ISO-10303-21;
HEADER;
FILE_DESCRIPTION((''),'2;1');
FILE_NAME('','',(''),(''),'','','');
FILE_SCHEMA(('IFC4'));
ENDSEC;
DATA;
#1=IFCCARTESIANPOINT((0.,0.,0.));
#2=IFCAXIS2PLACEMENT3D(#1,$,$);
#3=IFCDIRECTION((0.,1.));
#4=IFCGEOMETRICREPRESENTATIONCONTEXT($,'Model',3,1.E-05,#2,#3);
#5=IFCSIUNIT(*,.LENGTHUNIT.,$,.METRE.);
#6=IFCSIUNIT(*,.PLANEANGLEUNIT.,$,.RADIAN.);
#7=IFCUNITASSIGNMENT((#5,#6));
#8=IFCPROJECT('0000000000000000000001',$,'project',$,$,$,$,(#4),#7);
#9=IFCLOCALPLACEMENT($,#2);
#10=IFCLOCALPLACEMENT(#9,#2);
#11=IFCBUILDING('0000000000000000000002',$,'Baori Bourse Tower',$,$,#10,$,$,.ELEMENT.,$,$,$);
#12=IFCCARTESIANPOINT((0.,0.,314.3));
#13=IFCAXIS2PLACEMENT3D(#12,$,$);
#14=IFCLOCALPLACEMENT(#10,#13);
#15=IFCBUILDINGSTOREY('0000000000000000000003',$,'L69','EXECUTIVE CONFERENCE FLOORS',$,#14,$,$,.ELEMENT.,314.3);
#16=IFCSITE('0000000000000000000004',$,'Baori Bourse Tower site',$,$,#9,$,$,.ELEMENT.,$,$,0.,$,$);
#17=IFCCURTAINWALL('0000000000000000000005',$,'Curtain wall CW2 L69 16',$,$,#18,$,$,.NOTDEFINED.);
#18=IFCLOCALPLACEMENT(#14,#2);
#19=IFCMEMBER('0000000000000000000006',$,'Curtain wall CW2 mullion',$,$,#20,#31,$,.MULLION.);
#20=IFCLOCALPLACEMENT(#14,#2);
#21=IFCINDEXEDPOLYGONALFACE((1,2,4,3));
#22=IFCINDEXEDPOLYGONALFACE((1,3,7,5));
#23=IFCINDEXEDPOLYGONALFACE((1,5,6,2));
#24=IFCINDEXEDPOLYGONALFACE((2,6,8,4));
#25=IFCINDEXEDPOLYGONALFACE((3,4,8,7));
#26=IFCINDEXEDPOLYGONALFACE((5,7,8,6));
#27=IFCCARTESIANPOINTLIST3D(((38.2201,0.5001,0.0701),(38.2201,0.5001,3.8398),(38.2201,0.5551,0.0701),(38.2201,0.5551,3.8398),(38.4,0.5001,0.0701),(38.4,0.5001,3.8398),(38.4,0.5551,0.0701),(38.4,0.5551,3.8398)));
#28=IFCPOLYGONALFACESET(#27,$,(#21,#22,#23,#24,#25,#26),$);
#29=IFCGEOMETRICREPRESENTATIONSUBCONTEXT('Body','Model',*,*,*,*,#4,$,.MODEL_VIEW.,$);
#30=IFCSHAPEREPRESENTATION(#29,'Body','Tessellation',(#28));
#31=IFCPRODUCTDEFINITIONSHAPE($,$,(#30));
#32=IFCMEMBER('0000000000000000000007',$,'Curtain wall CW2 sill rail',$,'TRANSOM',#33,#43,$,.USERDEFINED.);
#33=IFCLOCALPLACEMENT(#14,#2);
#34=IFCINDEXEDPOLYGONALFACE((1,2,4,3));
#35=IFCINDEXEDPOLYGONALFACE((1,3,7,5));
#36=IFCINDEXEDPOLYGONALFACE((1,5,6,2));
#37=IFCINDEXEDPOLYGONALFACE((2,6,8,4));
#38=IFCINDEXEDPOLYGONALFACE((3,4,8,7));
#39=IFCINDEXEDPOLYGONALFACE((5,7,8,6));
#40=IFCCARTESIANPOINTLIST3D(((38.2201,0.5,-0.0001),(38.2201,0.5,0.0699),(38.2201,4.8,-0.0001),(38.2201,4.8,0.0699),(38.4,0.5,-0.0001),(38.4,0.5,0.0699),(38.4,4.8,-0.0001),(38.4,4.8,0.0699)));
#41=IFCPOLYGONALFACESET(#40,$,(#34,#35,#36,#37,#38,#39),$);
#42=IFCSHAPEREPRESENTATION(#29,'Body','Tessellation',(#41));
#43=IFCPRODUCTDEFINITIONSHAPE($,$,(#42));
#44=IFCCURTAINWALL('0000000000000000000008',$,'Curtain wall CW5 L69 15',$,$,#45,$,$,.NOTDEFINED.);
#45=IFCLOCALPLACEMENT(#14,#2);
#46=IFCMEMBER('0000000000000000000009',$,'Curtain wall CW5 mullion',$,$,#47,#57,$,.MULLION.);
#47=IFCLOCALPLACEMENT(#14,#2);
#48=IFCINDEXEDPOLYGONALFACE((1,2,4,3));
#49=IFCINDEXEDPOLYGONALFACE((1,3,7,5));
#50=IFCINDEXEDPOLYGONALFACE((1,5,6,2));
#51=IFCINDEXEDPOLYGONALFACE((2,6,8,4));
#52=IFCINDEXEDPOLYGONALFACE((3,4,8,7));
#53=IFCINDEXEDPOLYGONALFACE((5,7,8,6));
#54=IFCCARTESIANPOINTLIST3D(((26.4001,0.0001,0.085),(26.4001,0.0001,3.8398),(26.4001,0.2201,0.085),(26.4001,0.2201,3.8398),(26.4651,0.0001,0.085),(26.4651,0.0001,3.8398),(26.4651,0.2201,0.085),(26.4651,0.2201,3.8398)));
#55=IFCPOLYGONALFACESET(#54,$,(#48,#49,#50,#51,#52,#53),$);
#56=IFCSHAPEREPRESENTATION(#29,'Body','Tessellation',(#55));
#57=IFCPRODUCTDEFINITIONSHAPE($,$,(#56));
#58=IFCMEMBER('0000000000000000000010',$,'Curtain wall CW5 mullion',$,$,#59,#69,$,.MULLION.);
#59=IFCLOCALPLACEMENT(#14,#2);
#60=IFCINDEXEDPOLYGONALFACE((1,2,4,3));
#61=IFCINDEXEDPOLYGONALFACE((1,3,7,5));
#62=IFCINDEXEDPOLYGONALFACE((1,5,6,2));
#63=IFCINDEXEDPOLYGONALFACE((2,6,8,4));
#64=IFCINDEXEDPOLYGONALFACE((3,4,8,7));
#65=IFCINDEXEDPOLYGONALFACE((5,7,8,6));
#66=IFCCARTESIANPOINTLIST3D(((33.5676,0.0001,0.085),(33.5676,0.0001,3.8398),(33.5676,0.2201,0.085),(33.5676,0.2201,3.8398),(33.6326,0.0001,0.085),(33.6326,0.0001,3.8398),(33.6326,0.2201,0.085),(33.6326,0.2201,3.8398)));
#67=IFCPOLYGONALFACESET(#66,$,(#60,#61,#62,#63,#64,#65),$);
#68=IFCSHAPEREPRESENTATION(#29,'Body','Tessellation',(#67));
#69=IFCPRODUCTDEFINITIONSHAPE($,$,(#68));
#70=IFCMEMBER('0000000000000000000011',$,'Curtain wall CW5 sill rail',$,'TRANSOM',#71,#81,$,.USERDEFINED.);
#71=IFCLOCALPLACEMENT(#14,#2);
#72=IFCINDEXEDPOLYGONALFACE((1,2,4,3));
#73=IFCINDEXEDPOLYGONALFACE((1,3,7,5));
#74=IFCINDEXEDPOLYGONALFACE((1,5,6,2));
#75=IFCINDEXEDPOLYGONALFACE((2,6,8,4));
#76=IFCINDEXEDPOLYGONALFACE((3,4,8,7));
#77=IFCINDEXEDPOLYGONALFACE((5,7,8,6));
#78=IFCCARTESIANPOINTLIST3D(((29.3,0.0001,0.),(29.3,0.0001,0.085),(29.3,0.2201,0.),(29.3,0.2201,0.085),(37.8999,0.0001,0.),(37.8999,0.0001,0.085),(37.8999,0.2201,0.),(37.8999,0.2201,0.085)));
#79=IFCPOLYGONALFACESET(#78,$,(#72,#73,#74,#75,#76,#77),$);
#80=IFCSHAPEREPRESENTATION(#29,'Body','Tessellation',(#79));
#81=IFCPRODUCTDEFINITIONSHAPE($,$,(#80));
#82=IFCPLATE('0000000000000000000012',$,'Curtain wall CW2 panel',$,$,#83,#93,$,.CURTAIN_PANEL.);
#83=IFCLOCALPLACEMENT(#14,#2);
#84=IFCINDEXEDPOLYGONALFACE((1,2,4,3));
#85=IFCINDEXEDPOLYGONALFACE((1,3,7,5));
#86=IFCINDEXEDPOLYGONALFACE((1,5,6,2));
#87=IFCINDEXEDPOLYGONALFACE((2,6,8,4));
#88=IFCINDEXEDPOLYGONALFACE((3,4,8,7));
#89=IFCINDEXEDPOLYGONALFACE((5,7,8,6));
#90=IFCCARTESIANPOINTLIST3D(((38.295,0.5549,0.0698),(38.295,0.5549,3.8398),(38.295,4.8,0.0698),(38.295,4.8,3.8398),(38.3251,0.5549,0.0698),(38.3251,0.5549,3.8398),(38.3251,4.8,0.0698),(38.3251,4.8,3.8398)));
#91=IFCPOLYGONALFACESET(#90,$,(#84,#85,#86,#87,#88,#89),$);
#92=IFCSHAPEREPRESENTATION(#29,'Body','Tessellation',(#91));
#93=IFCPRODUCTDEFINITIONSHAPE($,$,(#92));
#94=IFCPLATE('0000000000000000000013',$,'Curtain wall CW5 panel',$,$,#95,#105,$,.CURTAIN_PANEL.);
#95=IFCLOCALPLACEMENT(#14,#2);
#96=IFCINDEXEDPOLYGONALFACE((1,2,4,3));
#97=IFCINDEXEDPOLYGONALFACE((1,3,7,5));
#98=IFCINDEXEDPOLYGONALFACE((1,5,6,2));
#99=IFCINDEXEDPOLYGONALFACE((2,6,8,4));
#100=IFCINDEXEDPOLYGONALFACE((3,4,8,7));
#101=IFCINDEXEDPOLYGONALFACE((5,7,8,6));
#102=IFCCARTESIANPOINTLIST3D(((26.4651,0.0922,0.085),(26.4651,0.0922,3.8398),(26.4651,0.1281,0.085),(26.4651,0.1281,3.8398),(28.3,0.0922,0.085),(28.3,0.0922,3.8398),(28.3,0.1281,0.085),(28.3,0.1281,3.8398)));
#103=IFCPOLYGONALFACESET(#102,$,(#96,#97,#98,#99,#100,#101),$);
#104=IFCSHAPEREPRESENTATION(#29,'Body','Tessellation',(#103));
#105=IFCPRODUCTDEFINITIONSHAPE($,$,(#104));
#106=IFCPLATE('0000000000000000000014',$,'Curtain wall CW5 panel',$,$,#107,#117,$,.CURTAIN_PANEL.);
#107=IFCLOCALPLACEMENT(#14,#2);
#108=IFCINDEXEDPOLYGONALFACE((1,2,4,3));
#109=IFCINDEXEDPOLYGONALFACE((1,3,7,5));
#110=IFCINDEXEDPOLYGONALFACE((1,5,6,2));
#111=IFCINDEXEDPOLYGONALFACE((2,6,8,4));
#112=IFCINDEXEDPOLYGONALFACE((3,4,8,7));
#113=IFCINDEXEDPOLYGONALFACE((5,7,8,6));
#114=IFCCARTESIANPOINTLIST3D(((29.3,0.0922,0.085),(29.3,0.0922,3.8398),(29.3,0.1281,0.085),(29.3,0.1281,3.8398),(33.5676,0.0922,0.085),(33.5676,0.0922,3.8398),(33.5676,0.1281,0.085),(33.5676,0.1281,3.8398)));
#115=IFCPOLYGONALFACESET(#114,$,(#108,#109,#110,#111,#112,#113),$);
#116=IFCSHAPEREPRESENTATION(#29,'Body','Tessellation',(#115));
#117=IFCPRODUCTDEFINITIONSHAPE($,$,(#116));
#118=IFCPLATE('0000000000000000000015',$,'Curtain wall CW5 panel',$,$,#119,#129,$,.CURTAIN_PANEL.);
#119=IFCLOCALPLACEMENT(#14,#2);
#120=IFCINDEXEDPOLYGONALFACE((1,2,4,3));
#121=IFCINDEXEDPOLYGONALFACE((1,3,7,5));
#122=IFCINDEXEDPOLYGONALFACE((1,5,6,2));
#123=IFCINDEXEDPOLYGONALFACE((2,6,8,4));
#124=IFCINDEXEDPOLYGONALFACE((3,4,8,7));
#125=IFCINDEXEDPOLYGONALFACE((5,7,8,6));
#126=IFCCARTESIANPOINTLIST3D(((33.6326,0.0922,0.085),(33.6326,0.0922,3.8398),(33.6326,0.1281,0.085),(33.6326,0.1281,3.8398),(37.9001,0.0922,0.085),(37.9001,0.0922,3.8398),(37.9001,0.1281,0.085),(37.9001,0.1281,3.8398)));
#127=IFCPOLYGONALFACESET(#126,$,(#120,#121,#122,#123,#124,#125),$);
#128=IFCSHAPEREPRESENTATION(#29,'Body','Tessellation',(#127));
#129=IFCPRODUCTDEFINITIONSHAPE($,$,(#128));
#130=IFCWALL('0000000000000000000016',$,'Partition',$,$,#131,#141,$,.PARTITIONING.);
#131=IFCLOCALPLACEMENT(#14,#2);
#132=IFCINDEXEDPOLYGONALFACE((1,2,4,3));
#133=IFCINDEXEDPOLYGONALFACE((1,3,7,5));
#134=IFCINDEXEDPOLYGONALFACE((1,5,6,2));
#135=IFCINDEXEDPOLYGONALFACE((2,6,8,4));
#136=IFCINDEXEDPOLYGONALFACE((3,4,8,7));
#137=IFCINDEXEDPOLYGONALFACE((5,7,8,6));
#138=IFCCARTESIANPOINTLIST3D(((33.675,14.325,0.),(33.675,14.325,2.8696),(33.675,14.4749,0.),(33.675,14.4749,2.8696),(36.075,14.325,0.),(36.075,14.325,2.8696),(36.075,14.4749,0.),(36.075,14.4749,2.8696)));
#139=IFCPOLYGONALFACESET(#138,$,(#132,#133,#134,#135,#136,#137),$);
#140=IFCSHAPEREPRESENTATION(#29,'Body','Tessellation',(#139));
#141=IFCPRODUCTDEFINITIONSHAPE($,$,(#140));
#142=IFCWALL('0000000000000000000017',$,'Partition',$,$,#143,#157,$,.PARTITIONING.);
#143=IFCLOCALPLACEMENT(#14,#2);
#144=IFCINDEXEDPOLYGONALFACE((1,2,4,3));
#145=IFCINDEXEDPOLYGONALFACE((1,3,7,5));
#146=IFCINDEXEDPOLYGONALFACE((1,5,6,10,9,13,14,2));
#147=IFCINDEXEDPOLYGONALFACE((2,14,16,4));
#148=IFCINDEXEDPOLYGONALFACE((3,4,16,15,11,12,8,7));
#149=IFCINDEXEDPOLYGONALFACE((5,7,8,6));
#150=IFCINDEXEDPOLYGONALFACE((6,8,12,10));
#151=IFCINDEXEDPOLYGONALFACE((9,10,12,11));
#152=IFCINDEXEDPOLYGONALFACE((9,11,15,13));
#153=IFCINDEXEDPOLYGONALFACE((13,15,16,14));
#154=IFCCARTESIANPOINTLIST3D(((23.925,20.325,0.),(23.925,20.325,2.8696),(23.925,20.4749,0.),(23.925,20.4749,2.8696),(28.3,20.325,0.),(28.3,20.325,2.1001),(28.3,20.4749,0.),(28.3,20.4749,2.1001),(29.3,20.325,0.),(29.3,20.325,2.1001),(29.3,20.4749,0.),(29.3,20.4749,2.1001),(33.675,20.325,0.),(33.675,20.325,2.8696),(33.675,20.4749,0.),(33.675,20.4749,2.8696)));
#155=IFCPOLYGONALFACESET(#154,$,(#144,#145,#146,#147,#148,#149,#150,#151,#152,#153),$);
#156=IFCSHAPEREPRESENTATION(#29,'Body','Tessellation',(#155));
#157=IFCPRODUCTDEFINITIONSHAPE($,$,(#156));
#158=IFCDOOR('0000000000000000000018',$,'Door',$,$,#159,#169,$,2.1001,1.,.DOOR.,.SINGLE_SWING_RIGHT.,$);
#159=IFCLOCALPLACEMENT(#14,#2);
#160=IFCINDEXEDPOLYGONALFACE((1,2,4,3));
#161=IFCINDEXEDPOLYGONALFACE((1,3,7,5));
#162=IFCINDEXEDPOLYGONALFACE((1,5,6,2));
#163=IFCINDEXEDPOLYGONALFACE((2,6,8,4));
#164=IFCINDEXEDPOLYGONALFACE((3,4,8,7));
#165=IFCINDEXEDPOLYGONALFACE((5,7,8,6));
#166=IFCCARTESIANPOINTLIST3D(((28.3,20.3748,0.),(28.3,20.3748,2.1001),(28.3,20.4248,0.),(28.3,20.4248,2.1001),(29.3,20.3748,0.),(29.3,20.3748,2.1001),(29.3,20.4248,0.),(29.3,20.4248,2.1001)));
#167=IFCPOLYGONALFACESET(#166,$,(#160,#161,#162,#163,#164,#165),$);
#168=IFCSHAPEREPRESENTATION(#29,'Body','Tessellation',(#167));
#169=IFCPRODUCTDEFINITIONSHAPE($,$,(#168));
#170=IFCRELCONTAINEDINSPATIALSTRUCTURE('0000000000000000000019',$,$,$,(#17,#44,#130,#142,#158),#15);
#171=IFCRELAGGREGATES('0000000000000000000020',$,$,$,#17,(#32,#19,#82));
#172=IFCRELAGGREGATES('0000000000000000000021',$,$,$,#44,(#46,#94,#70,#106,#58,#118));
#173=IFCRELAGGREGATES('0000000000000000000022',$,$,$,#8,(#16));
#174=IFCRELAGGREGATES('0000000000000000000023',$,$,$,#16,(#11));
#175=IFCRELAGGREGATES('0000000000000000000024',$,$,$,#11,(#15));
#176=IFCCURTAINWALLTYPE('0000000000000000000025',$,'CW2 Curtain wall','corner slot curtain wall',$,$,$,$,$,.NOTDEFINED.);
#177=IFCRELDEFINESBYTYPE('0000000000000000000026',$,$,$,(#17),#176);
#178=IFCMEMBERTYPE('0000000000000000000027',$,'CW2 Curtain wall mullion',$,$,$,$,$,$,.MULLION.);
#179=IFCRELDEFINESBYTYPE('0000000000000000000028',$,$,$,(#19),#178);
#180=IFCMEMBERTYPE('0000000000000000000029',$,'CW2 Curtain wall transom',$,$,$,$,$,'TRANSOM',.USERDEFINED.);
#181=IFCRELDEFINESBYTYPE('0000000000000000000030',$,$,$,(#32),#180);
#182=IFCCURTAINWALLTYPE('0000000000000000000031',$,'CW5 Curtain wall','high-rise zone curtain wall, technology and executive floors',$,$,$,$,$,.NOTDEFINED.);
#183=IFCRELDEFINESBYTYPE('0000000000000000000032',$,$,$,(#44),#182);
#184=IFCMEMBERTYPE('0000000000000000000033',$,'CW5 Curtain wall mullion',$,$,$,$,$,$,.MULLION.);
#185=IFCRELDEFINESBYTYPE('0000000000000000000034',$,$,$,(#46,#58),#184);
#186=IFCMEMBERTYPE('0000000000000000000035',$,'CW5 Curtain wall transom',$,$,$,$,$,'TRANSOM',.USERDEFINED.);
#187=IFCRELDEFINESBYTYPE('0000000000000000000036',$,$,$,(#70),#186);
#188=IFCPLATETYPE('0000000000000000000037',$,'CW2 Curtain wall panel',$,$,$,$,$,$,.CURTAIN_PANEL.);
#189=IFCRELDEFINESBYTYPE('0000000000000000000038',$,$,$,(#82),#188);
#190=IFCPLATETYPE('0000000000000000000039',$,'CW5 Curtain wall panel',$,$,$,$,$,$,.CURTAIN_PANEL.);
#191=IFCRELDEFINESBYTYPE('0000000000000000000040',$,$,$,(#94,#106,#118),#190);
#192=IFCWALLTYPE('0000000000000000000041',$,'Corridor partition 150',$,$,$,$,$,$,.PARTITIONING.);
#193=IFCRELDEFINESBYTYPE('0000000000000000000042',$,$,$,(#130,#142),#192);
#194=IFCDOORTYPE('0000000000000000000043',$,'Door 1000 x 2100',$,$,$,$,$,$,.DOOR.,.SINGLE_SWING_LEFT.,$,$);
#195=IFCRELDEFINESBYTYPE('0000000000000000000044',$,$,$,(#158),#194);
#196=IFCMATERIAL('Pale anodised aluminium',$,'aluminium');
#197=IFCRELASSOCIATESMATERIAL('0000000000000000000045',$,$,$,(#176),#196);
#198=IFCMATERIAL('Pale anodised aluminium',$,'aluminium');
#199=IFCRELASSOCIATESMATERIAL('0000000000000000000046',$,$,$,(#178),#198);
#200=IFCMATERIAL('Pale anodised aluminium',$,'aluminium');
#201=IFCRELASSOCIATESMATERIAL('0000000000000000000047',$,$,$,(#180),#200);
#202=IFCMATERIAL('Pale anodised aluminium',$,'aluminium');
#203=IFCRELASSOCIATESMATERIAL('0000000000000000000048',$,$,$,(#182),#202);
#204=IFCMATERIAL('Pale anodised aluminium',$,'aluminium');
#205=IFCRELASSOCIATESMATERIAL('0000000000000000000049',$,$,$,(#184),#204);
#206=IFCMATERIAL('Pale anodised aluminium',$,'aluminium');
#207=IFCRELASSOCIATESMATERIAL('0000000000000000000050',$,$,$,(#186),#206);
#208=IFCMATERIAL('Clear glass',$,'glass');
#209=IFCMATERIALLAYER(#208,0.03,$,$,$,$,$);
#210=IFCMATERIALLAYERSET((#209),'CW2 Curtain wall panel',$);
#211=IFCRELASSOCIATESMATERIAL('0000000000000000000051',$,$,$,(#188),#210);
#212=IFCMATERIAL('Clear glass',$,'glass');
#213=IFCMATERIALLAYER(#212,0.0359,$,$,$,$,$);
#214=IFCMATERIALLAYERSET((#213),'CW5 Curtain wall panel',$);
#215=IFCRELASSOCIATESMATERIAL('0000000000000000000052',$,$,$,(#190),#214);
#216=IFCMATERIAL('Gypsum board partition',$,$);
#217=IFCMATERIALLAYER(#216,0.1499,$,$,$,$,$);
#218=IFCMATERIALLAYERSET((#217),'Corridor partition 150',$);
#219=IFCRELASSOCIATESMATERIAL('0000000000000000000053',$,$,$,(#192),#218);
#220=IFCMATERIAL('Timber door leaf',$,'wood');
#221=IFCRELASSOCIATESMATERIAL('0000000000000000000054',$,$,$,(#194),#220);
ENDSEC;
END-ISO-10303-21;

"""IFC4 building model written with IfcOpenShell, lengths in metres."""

from ifc_helpers import new_model, si_unit, direction, frame, frame_2d, origin, origin_2d, place, context, subcontext, project, spatial, rectangle, extrude, material, layer, layer_set, material_profile, profile_set, type_object, element, fill, aggregate, save


model = new_model("IFC4")

# Units and contexts
model_context = context("Model", 3, precision=1e-05, world=origin(), true_north=direction((0.0, 1.0)))
body_context = subcontext(model_context, "Body", "Model", "MODEL_VIEW")
ifc_project = project(units=[si_unit("LENGTHUNIT", "METRE"), si_unit("PLANEANGLEUNIT", "RADIAN")], contexts=[model_context])

# Site, building, storey
site_placement = place(None, origin())
site = spatial("IfcSite", under=ifc_project, at=site_placement, Name="Baori Bourse Tower site", CompositionType="ELEMENT", RefElevation=0.0)
building_placement = place(site_placement, origin())
building = spatial("IfcBuilding", under=site, at=building_placement, Name="Baori Bourse Tower", CompositionType="ELEMENT")
storey_placement = place(building_placement, frame((0.0, 0.0, 314.3)))
storey = spatial("IfcBuildingStorey", under=building, at=storey_placement, Name="L69", Description="EXECUTIVE CONFERENCE FLOORS", CompositionType="ELEMENT", Elevation=314.3)

# Curtain walls, members
ifc_material_1 = material(Name="Pale anodised aluminium", Category="aluminium")
curtain_wall_type_1 = type_object("IfcCurtainWallType", Name="CW2 Curtain wall", Description="corner slot curtain wall", PredefinedType="NOTDEFINED", material=ifc_material_1)
curtain_wall_1_placement = place(storey_placement, origin())
curtain_wall_1 = element("IfcCurtainWall", 1, at=curtain_wall_1_placement, inside=storey, type_object=curtain_wall_type_1, Name="Curtain wall CW2 L69 16", PredefinedType="NOTDEFINED")
ifc_material_2 = material(Name="Pale anodised aluminium", Category="aluminium")
ifc_material_profile_1 = material_profile(ifc_material_2, rectangle(XDim=0.1799, YDim=0.0549, at=origin_2d()), Name="Mullion 55x180")
ifc_profile_set_1 = profile_set([ifc_material_profile_1], Name="Pale anodised aluminium")
member_type_1 = type_object("IfcMemberType", Name="CW2 Curtain wall mullion", PredefinedType="MULLION", material=ifc_profile_set_1)
member_1_placement = place(storey_placement, frame((38.3101, 0.5276, 0.0701), z_axis=(0.0, 0.0, 1.0), x_axis=(-1.0, 0.0, 0.0)))
member_1 = element("IfcMember", 2, at=member_1_placement, type_object=member_type_1, Name="Curtain wall CW2 mullion", PredefinedType="MULLION", context=body_context, shape_type="SweptSolid", body=[
    extrude(rectangle(XDim=0.1799, YDim=0.0549, at=origin_2d()), origin(), (0.0, 0.0, 1.0), 3.7698),
])
ifc_material_3 = material(Name="Pale anodised aluminium", Category="aluminium")
ifc_material_profile_2 = material_profile(ifc_material_3, rectangle(XDim=0.1799, YDim=0.0701, at=origin_2d()), Name="Transom 70x180")
ifc_profile_set_2 = profile_set([ifc_material_profile_2], Name="Pale anodised aluminium")
member_type_2 = type_object("IfcMemberType", Name="CW2 Curtain wall transom", ElementType="TRANSOM", PredefinedType="USERDEFINED", material=ifc_profile_set_2)
member_2_placement = place(storey_placement, frame((38.3101, 0.5, 0.0349), z_axis=(0.0, 1.0, 0.0), x_axis=(-1.0, 0.0, 0.0)))
member_2 = element("IfcMember", 3, at=member_2_placement, type_object=member_type_2, Name="Curtain wall CW2 sill rail", ObjectType="TRANSOM", PredefinedType="USERDEFINED", context=body_context, shape_type="SweptSolid", body=[
    extrude(rectangle(XDim=0.1799, YDim=0.0701, at=origin_2d()), origin(), (0.0, 0.0, 1.0), 4.3),
])
ifc_material_4 = material(Name="Pale anodised aluminium", Category="aluminium")
curtain_wall_type_2 = type_object("IfcCurtainWallType", Name="CW5 Curtain wall", Description="high-rise zone curtain wall, technology and executive floors", PredefinedType="NOTDEFINED", material=ifc_material_4)
curtain_wall_2_placement = place(storey_placement, origin())
curtain_wall_2 = element("IfcCurtainWall", 4, at=curtain_wall_2_placement, inside=storey, type_object=curtain_wall_type_2, Name="Curtain wall CW5 L69 15", PredefinedType="NOTDEFINED")
ifc_material_5 = material(Name="Pale anodised aluminium", Category="aluminium")
ifc_material_profile_3 = material_profile(ifc_material_5, rectangle(XDim=0.22, YDim=0.0649, at=origin_2d()), Name="Mullion 65x220")
ifc_profile_set_3 = profile_set([ifc_material_profile_3], Name="Pale anodised aluminium")
member_type_3 = type_object("IfcMemberType", Name="CW5 Curtain wall mullion", PredefinedType="MULLION", material=ifc_profile_set_3)
member_3_placement = place(storey_placement, frame((26.4326, 0.1101, 0.085), z_axis=(0.0, 0.0, 1.0), x_axis=(0.0, 1.0, 0.0)))
member_3 = element("IfcMember", 5, at=member_3_placement, type_object=member_type_3, Name="Curtain wall CW5 mullion", PredefinedType="MULLION", context=body_context, shape_type="SweptSolid", body=[
    extrude(rectangle(XDim=0.22, YDim=0.0649, at=origin_2d()), origin(), (0.0, 0.0, 1.0), 3.7549),
])
member_4_placement = place(storey_placement, frame((33.6001, 0.1101, 0.085), z_axis=(0.0, 0.0, 1.0), x_axis=(0.0, 1.0, 0.0)))
member_4 = element("IfcMember", 6, at=member_4_placement, type_object=member_type_3, Name="Curtain wall CW5 mullion", PredefinedType="MULLION", context=body_context, shape_type="SweptSolid", body=[
    extrude(rectangle(XDim=0.22, YDim=0.0649, at=origin_2d()), origin(), (0.0, 0.0, 1.0), 3.7549),
])
ifc_material_6 = material(Name="Pale anodised aluminium", Category="aluminium")
ifc_material_profile_4 = material_profile(ifc_material_6, rectangle(XDim=0.22, YDim=0.085, at=origin_2d()), Name="Transom 85x220")
ifc_profile_set_4 = profile_set([ifc_material_profile_4], Name="Pale anodised aluminium")
member_type_4 = type_object("IfcMemberType", Name="CW5 Curtain wall transom", ElementType="TRANSOM", PredefinedType="USERDEFINED", material=ifc_profile_set_4)
member_5_placement = place(storey_placement, frame((29.3, 0.1101, 0.0425), z_axis=(1.0, 0.0, 0.0), x_axis=(0.0, 1.0, 0.0)))
member_5 = element("IfcMember", 7, at=member_5_placement, type_object=member_type_4, Name="Curtain wall CW5 sill rail", ObjectType="TRANSOM", PredefinedType="USERDEFINED", context=body_context, shape_type="SweptSolid", body=[
    extrude(rectangle(XDim=0.22, YDim=0.085, at=origin_2d()), origin(), (0.0, 0.0, 1.0), 8.5999),
])

# Plates
ifc_material_7 = material(Name="Clear glass", Category="glass")
ifc_layer_1 = layer(ifc_material_7, 0.03)
ifc_layer_set_1 = layer_set([ifc_layer_1], Name="CW2 Curtain wall panel")
plate_type_1 = type_object("IfcPlateType", Name="CW2 Curtain wall panel", PredefinedType="CURTAIN_PANEL", material=ifc_layer_set_1)
plate_1_placement = place(storey_placement, frame((38.3101, 2.6775, 0.0698), z_axis=(0.0, 0.0, 1.0), x_axis=(0.0, 1.0, 0.0)))
plate_1 = element("IfcPlate", 8, at=plate_1_placement, type_object=plate_type_1, Name="Curtain wall CW2 panel", PredefinedType="CURTAIN_PANEL", context=body_context, shape_type="SweptSolid", body=[
    extrude(rectangle(XDim=4.2451, YDim=0.03, at=origin_2d()), origin(), (0.0, 0.0, 1.0), 3.77),
])
aggregate(curtain_wall_1, [member_2, member_1, plate_1])
ifc_material_8 = material(Name="Clear glass", Category="glass")
ifc_layer_2 = layer(ifc_material_8, 0.0359)
ifc_layer_set_2 = layer_set([ifc_layer_2], Name="CW5 Curtain wall panel")
plate_type_2 = type_object("IfcPlateType", Name="CW5 Curtain wall panel", PredefinedType="CURTAIN_PANEL", material=ifc_layer_set_2)
plate_2_placement = place(storey_placement, frame((27.3826, 0.1101, 0.085), z_axis=(0.0, 0.0, 1.0), x_axis=(1.0, 0.0, 0.0)))
plate_2 = element("IfcPlate", 9, at=plate_2_placement, type_object=plate_type_2, Name="Curtain wall CW5 panel", PredefinedType="CURTAIN_PANEL", context=body_context, shape_type="SweptSolid", body=[
    extrude(rectangle(XDim=1.835, YDim=0.0359, at=origin_2d()), origin(), (0.0, 0.0, 1.0), 3.7549),
])
plate_3_placement = place(storey_placement, frame((31.4338, 0.1101, 0.085), z_axis=(0.0, 0.0, 1.0), x_axis=(1.0, 0.0, 0.0)))
plate_3 = element("IfcPlate", 10, at=plate_3_placement, type_object=plate_type_2, Name="Curtain wall CW5 panel", PredefinedType="CURTAIN_PANEL", context=body_context, shape_type="SweptSolid", body=[
    extrude(rectangle(XDim=4.2676, YDim=0.0359, at=origin_2d()), origin(), (0.0, 0.0, 1.0), 3.7549),
])
plate_4_placement = place(storey_placement, frame((35.7664, 0.1101, 0.085), z_axis=(0.0, 0.0, 1.0), x_axis=(1.0, 0.0, 0.0)))
plate_4 = element("IfcPlate", 11, at=plate_4_placement, type_object=plate_type_2, Name="Curtain wall CW5 panel", PredefinedType="CURTAIN_PANEL", context=body_context, shape_type="SweptSolid", body=[
    extrude(rectangle(XDim=4.2676, YDim=0.0359, at=origin_2d()), origin(), (0.0, 0.0, 1.0), 3.7549),
])
aggregate(curtain_wall_2, [member_3, plate_2, member_5, plate_3, member_4, plate_4])

# Wall
ifc_material_9 = material(Name="Gypsum board partition")
ifc_layer_3 = layer(ifc_material_9, 0.1499)
ifc_layer_set_3 = layer_set([ifc_layer_3], Name="Corridor partition 150")
wall_type_1 = type_object("IfcWallType", Name="Corridor partition 150", PredefinedType="PARTITIONING", material=ifc_layer_set_3)
wall_1_placement = place(storey_placement, frame((33.675, 14.3999, 0.0), z_axis=(0.0, 0.0, 1.0), x_axis=(1.0, 0.0, 0.0)))
element("IfcWall", 12, at=wall_1_placement, inside=storey, type_object=wall_type_1, Name="Partition", PredefinedType="PARTITIONING", context=body_context, shape_type="SweptSolid", body=[
    extrude(rectangle(XDim=2.3999, YDim=0.1499, at=frame_2d((1.2, 0.0))), origin(), (0.0, 0.0, 1.0), 2.8696),
])

# Wall, opening, door
wall_2_placement = place(storey_placement, frame((23.925, 20.3999, 0.0), z_axis=(0.0, 0.0, 1.0), x_axis=(1.0, 0.0, 0.0)))
wall_2 = element("IfcWall", 13, at=wall_2_placement, inside=storey, type_object=wall_type_1, Name="Partition", PredefinedType="PARTITIONING", context=body_context, shape_type="SweptSolid", body=[
    extrude(rectangle(XDim=9.75, YDim=0.1499, at=frame_2d((4.875, 0.0))), origin(), (0.0, 0.0, 1.0), 2.8696),
])
opening_1_placement = place(wall_2_placement, frame((4.375, 0.0, 0.0)))
opening_1 = element("IfcOpeningElement", 14, at=opening_1_placement, cuts=wall_2, PredefinedType="OPENING", context=body_context, shape_type="SweptSolid", body=[
    extrude(rectangle(XDim=1.0, YDim=2.1001, at=frame_2d((0.5, 1.05))), frame((0.0, 0.085, 0.0), z_axis=(0.0, -1.0, 0.0), x_axis=(1.0, 0.0, 0.0)), (0.0, 0.0, 1.0), 0.1699),
])
ifc_material_10 = material(Name="Timber door leaf", Category="wood")
door_type = type_object("IfcDoorType", Name="Door 1000 x 2100", OperationType="SINGLE_SWING_LEFT", PredefinedType="DOOR", material=ifc_material_10)
door_1_placement = place(opening_1_placement, origin())
door_1 = element("IfcDoor", 15, at=door_1_placement, inside=storey, type_object=door_type, Name="Door", OperationType="SINGLE_SWING_RIGHT", OverallHeight=2.1001, OverallWidth=1.0, PredefinedType="DOOR", context=body_context, shape_type="SweptSolid", body=[
    extrude(rectangle(XDim=1.0, YDim=2.1001, at=frame_2d((0.5, 1.05))), frame((0.0, 0.0249, 0.0), z_axis=(0.0, -1.0, 0.0), x_axis=(1.0, 0.0, 0.0)), (0.0, 0.0, 1.0), 0.05),
])
fill(opening_1, door_1)

save(model, "model.ifc")
